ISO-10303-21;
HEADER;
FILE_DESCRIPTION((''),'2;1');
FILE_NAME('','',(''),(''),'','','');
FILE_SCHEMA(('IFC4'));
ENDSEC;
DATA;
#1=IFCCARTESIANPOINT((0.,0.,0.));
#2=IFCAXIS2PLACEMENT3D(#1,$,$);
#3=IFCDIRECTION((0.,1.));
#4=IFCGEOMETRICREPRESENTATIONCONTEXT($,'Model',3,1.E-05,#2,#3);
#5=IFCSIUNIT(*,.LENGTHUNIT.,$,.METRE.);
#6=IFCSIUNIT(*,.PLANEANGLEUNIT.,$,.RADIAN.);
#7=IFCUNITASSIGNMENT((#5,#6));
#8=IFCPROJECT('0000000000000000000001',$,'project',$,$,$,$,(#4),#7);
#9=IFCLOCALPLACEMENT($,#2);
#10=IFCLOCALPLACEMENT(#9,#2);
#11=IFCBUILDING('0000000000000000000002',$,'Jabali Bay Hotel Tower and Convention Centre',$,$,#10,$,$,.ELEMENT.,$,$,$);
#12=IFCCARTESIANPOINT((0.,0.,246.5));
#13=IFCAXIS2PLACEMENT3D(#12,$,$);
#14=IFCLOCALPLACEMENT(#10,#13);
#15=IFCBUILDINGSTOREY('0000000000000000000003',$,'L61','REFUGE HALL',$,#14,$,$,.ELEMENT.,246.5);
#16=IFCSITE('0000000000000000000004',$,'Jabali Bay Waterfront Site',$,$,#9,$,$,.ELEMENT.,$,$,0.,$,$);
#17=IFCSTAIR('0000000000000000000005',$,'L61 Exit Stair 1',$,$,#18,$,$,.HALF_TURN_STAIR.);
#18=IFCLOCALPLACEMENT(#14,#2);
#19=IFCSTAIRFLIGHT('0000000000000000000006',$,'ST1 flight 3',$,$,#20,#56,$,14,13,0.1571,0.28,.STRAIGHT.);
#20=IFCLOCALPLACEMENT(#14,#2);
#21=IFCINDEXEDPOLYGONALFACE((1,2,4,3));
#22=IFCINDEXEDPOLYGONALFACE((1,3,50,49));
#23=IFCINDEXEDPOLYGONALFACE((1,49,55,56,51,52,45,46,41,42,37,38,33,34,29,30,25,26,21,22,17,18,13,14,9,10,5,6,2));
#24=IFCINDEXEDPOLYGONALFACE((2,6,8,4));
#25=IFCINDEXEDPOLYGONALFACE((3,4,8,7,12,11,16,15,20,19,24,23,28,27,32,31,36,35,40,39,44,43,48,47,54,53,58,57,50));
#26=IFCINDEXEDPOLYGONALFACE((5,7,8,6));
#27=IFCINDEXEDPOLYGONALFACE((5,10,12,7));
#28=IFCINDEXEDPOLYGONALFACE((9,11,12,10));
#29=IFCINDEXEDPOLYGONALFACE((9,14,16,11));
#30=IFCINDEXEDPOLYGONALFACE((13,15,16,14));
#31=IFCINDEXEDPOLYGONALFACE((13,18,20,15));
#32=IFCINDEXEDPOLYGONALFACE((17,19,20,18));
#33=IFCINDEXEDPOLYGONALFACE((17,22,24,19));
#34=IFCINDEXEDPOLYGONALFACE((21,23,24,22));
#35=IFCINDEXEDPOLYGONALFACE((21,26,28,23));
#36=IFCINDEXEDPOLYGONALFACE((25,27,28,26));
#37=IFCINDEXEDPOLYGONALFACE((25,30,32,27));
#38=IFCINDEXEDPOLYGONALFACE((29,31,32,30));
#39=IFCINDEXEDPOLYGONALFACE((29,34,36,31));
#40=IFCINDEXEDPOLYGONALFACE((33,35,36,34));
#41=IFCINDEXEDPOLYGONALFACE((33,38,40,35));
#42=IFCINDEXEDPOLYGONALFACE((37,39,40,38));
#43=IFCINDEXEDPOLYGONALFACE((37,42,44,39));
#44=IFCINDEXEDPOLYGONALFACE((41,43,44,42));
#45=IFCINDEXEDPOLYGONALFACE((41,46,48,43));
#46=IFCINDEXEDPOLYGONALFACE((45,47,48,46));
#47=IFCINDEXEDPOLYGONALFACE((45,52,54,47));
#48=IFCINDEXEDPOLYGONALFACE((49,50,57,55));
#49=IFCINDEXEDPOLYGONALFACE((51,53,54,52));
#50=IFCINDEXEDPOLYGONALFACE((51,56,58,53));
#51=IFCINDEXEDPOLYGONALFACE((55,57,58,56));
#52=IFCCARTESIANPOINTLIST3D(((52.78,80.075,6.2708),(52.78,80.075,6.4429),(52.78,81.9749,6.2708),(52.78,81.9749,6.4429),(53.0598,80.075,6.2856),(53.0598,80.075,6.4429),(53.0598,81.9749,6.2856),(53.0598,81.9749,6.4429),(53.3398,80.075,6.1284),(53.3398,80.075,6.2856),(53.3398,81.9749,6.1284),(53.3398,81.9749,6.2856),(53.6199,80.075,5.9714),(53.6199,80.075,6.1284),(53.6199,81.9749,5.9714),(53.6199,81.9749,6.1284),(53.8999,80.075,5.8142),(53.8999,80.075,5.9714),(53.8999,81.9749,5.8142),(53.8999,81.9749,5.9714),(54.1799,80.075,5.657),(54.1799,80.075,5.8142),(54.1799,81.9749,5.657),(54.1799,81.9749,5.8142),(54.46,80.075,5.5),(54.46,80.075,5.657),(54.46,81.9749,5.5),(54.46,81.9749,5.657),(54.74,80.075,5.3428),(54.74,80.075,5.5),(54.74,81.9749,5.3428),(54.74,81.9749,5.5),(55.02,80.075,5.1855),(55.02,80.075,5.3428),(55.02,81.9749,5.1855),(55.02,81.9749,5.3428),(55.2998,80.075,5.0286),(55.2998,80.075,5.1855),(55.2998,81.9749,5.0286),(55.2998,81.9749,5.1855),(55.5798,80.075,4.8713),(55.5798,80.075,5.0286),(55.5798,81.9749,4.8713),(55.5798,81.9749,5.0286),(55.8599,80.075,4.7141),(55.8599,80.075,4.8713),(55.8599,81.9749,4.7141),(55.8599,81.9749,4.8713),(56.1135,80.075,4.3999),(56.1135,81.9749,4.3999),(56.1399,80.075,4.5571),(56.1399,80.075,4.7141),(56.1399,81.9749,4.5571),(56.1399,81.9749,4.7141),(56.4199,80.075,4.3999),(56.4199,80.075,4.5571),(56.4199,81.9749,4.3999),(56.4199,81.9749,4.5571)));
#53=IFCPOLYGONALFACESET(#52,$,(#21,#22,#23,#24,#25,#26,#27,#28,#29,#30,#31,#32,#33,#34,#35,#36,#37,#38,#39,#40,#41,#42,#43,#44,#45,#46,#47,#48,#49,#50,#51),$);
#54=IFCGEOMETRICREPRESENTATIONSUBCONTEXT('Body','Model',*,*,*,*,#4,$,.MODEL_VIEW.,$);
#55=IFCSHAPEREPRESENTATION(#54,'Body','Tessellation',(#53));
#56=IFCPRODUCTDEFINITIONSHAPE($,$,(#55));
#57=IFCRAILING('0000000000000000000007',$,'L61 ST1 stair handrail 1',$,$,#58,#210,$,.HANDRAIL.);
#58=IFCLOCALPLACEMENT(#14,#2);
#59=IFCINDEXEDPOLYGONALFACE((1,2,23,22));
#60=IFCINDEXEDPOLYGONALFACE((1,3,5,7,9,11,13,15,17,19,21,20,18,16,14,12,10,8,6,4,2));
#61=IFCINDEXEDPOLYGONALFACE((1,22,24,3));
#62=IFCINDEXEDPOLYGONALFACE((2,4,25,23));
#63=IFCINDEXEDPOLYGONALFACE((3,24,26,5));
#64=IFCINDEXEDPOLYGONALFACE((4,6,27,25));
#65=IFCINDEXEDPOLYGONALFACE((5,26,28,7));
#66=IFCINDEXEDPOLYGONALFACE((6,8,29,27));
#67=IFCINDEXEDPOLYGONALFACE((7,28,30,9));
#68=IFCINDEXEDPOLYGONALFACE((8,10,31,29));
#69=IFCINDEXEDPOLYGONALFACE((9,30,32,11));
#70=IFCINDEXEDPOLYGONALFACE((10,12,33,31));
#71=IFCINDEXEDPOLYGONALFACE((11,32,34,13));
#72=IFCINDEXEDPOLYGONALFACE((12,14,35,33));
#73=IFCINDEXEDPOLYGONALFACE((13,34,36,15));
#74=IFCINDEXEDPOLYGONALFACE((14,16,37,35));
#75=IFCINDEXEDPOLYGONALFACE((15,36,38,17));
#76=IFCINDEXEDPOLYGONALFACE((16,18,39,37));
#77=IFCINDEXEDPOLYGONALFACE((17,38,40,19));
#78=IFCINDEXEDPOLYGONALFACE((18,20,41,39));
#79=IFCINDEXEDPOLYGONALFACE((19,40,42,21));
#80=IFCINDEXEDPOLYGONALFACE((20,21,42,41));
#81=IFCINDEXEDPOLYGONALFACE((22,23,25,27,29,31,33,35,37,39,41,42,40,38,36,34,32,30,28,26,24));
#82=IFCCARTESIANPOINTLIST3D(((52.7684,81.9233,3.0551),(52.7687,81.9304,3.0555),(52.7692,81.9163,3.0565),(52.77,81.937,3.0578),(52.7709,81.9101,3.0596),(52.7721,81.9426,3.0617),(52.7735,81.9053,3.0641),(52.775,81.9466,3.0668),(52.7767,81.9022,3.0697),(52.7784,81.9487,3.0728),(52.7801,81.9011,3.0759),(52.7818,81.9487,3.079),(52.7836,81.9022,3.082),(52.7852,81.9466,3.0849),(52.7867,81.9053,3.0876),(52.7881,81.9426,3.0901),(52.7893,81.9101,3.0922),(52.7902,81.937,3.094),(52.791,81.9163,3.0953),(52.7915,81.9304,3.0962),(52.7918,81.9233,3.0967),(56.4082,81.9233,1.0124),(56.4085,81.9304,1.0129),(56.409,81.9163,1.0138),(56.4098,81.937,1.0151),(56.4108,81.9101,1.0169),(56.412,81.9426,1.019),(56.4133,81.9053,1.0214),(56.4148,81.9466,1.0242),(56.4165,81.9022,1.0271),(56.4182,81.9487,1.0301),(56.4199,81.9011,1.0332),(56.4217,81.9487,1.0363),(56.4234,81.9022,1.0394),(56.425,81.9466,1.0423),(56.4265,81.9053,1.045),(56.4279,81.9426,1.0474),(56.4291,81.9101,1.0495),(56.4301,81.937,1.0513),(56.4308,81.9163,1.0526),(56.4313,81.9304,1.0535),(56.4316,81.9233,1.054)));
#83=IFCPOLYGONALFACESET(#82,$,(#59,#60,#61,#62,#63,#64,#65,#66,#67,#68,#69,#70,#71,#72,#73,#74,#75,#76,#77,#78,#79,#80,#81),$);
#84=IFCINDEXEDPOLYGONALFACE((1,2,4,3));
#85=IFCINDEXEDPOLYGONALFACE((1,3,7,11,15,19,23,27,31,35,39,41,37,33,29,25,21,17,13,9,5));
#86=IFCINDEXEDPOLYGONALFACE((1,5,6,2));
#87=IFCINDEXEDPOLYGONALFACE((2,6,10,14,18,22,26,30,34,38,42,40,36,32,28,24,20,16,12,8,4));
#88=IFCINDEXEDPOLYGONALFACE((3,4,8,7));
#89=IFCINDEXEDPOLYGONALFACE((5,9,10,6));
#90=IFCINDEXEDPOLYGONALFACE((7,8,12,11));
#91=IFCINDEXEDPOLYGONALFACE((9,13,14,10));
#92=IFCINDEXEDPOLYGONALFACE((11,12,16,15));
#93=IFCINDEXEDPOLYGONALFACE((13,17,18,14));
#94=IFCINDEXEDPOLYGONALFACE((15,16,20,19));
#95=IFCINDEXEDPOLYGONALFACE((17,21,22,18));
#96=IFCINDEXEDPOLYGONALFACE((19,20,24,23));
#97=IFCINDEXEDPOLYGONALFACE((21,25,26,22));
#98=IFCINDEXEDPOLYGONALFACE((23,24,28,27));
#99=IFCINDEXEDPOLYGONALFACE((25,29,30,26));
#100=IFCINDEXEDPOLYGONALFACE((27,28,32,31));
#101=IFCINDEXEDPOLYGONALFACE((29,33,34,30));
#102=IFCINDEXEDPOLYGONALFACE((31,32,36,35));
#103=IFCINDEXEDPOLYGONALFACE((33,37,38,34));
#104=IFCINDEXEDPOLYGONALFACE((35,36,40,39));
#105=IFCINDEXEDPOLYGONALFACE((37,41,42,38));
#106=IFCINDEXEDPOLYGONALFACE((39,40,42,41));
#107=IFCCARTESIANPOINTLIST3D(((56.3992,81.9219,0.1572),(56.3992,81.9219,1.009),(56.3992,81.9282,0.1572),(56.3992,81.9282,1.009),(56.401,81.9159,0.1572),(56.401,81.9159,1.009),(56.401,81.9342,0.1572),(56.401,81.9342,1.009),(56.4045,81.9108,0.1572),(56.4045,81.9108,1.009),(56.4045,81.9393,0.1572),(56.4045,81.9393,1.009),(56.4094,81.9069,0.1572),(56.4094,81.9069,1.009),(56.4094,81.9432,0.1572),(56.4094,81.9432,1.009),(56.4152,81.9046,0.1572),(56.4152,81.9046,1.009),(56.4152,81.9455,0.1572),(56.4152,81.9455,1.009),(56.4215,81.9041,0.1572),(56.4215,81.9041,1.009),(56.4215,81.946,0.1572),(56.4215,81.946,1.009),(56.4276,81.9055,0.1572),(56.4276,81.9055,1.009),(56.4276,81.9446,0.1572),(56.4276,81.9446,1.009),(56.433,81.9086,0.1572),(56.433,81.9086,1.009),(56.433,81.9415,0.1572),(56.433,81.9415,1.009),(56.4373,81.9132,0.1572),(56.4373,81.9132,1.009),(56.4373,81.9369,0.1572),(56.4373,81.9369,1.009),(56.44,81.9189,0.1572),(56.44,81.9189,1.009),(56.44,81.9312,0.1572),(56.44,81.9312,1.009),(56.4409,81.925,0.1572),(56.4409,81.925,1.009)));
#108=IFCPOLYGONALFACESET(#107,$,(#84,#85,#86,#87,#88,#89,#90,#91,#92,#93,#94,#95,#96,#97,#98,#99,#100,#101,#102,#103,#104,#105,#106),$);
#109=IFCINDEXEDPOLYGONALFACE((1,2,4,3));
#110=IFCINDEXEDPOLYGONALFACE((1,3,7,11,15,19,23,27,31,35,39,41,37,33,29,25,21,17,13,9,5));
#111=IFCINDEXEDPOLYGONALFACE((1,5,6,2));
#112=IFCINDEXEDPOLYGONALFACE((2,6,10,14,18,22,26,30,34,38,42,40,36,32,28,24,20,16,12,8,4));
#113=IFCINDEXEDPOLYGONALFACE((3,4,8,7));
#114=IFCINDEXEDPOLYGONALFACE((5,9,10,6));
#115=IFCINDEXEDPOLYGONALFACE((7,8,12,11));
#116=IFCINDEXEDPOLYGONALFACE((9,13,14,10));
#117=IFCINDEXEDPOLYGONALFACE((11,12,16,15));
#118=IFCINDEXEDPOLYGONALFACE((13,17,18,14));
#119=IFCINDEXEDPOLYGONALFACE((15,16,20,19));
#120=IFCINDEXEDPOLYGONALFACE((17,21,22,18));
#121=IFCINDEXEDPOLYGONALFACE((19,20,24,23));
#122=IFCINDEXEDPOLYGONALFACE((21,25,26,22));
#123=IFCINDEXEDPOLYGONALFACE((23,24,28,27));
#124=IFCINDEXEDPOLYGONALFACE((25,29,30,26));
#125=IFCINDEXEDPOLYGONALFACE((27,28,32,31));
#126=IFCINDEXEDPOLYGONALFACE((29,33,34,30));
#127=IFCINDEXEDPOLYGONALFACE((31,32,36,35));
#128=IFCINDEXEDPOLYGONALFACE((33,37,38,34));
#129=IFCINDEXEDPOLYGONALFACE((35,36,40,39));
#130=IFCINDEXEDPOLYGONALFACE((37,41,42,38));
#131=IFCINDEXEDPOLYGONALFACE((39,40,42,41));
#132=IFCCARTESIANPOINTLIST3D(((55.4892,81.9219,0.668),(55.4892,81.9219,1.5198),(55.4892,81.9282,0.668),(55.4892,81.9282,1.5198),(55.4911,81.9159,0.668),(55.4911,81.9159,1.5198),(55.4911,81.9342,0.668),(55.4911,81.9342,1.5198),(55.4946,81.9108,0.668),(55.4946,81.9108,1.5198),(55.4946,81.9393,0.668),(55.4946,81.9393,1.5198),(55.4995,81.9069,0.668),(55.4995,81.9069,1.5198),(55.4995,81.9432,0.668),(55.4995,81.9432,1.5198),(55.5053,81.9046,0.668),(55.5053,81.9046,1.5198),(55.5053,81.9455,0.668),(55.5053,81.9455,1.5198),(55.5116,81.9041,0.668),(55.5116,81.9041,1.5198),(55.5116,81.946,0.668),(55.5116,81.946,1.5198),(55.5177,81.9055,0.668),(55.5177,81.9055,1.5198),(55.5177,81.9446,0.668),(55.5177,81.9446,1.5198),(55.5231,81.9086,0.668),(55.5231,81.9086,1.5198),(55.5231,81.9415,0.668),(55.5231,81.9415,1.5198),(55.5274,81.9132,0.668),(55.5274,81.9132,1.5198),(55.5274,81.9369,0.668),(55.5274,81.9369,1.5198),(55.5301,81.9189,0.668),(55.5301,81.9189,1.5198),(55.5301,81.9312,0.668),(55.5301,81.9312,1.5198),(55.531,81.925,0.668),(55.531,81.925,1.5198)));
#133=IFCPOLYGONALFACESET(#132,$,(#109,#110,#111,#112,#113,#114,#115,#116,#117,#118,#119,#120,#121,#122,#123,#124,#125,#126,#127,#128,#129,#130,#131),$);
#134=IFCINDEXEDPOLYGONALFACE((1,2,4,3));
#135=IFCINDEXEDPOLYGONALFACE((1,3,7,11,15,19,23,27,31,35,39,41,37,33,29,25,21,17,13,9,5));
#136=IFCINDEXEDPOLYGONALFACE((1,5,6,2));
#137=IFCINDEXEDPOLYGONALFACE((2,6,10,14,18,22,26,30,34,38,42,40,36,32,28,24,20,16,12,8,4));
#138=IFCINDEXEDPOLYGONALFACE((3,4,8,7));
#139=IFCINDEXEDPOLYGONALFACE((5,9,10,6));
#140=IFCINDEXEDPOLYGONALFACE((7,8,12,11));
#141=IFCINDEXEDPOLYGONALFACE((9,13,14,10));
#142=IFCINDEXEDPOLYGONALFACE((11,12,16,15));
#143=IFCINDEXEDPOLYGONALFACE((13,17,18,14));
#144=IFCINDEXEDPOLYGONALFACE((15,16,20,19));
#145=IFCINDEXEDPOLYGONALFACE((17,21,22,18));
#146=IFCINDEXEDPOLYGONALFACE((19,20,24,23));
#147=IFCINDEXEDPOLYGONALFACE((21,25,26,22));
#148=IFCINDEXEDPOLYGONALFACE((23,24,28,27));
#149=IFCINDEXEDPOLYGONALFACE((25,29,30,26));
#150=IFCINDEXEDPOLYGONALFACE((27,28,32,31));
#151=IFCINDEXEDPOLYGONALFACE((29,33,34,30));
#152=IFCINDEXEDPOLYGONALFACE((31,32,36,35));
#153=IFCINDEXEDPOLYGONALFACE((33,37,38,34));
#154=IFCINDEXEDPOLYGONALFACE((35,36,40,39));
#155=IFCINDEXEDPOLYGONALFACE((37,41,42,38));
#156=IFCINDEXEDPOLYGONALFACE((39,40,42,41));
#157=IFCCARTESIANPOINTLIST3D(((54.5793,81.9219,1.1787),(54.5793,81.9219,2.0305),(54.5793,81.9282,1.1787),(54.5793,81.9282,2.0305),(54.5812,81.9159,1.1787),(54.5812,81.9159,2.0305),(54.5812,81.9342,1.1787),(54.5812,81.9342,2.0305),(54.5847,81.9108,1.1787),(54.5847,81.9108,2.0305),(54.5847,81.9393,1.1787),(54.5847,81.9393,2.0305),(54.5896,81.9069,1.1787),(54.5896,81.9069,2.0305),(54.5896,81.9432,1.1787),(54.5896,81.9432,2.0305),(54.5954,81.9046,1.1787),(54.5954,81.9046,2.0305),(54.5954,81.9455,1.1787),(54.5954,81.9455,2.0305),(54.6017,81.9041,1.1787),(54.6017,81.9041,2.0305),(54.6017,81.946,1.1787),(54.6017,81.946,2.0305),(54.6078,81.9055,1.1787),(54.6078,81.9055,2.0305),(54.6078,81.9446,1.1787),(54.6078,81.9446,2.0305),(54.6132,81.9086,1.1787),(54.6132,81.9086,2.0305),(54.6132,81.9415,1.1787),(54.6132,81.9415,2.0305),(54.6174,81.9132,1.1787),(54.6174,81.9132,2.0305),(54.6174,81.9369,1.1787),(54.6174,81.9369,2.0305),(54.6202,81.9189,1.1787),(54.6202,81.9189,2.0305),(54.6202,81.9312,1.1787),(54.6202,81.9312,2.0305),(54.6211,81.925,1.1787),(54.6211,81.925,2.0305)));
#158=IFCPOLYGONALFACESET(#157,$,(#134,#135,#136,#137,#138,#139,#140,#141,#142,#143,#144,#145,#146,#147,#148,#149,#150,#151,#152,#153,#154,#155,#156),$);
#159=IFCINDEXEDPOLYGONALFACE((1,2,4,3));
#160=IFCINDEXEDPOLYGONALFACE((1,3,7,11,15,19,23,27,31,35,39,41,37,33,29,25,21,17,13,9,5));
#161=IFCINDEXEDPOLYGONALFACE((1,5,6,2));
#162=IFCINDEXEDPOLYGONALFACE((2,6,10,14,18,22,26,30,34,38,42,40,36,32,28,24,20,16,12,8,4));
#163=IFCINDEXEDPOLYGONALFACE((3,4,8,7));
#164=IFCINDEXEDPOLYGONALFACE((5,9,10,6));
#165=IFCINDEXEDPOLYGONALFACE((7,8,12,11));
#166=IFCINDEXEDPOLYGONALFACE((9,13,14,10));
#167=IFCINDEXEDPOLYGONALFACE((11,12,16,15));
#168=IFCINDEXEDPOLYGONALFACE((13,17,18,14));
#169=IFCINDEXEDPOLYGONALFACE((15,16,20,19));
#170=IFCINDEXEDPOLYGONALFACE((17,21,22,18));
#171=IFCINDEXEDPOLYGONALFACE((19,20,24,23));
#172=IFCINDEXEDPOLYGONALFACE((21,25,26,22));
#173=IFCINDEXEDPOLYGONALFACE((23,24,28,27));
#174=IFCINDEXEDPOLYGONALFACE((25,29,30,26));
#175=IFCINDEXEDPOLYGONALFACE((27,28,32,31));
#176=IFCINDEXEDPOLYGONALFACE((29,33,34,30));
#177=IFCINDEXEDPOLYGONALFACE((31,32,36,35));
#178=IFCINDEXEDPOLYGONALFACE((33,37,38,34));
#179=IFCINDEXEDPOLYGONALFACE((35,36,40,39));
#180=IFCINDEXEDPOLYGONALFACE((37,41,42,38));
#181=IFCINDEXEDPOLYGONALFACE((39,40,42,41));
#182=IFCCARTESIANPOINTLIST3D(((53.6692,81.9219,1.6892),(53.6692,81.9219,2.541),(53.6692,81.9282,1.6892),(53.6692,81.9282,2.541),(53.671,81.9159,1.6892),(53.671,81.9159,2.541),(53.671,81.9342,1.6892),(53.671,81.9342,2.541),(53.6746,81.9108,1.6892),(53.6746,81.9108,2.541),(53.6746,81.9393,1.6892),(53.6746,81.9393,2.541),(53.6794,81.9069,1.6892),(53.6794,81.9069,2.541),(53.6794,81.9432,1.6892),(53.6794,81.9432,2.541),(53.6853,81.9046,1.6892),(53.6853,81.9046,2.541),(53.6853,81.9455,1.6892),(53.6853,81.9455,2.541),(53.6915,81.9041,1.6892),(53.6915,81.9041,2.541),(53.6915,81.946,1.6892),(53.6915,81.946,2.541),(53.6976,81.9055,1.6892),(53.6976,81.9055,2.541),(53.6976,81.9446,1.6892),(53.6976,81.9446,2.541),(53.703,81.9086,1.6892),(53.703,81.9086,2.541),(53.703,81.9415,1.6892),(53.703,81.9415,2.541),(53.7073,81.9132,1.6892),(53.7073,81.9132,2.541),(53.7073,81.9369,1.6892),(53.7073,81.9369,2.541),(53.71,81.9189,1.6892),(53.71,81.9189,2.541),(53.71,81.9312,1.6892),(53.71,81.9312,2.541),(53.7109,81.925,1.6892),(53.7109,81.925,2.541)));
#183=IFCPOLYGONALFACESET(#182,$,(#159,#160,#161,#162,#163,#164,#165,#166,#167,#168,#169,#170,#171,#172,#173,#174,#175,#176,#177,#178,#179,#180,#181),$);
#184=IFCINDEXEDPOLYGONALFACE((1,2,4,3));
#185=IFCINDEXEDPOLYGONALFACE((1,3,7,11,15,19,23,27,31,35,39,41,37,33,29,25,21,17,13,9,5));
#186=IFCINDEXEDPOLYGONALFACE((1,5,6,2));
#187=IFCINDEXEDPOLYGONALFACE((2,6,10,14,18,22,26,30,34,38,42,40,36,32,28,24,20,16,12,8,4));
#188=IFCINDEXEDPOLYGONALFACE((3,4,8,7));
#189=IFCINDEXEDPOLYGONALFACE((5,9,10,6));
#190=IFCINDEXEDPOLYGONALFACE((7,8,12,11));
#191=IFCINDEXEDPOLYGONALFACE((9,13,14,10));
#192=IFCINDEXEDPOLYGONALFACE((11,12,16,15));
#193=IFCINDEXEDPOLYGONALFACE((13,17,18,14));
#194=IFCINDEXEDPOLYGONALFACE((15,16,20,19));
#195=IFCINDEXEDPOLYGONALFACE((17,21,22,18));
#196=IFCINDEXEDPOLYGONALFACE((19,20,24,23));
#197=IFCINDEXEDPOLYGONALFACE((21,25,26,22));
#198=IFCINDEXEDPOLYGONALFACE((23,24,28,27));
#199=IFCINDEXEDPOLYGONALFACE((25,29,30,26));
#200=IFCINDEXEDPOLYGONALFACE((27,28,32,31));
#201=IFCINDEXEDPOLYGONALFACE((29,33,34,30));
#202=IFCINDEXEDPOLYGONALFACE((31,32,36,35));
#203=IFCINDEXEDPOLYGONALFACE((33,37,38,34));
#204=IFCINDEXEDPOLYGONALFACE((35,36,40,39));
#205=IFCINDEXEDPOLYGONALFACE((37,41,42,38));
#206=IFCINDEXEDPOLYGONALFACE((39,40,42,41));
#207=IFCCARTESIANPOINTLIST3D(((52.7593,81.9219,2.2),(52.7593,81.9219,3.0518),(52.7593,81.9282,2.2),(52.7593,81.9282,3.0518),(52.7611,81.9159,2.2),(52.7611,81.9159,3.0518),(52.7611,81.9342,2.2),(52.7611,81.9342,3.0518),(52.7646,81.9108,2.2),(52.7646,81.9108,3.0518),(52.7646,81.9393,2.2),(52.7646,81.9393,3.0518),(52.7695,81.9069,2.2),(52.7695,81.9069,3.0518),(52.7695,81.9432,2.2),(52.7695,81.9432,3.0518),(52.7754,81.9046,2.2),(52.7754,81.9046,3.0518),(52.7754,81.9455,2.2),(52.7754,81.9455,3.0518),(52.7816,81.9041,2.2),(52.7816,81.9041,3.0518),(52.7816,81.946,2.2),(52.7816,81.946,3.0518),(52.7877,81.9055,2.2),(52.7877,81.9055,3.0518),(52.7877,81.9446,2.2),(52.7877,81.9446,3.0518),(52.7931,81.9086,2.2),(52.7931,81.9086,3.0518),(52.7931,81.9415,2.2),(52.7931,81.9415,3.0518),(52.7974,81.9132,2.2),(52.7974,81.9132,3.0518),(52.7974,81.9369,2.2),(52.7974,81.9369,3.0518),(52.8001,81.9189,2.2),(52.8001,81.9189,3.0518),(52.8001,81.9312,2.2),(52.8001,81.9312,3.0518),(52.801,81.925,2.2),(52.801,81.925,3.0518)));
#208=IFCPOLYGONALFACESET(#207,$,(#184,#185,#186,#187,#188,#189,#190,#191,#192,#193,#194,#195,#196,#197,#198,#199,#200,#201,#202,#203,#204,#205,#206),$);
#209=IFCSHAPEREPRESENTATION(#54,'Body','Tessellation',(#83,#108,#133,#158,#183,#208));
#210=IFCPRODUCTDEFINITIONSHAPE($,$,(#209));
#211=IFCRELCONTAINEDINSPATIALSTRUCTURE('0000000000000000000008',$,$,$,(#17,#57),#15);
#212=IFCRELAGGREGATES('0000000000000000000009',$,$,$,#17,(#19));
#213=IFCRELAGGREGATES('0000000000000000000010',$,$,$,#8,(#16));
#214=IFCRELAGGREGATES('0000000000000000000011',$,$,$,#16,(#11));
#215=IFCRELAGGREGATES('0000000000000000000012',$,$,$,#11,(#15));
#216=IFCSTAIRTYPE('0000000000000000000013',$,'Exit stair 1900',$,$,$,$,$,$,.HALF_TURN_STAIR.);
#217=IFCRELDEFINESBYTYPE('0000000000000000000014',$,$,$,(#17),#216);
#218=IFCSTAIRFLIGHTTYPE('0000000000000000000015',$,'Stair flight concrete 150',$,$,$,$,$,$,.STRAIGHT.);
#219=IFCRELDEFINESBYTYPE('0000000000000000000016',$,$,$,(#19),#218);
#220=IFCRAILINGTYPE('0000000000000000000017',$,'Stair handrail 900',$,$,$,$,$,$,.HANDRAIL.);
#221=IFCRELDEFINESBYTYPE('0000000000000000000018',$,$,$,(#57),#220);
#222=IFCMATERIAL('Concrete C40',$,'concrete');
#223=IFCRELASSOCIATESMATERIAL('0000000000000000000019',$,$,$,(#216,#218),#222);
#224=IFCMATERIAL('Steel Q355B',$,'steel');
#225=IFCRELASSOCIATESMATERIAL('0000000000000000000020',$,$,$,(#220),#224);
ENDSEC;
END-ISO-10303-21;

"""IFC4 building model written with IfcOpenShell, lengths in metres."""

from ifc_helpers import new_model, si_unit, direction, frame, origin, origin_2d, place, context, subcontext, project, spatial, polyline, circle, outline, extrude, material, type_object, element, aggregate, save


model = new_model("IFC4")

# Units and contexts
model_context = context("Model", 3, precision=1e-05, world=origin(), true_north=direction((0.0, 1.0)))
body_context = subcontext(model_context, "Body", "Model", "MODEL_VIEW")
ifc_project = project(units=[si_unit("LENGTHUNIT", "METRE"), si_unit("PLANEANGLEUNIT", "RADIAN")], contexts=[model_context])

# Site, building, storey
site_placement = place(None, origin())
site = spatial("IfcSite", under=ifc_project, at=site_placement, Name="Jabali Bay Waterfront Site", CompositionType="ELEMENT", RefElevation=0.0)
building_placement = place(site_placement, origin())
building = spatial("IfcBuilding", under=site, at=building_placement, Name="Jabali Bay Hotel Tower and Convention Centre", CompositionType="ELEMENT")
storey_placement = place(building_placement, frame((0.0, 0.0, 246.5)))
storey = spatial("IfcBuildingStorey", under=building, at=storey_placement, Name="L61", Description="REFUGE HALL", CompositionType="ELEMENT", Elevation=246.5)

# Shared definitions
ifc_material_1 = material(Name="Concrete C40", Category="concrete")

# Stair, stair flight
stair_type = type_object("IfcStairType", Name="Exit stair 1900", PredefinedType="HALF_TURN_STAIR", material=ifc_material_1)
stair_placement = place(storey_placement, origin())
stair = element("IfcStair", 1, at=stair_placement, inside=storey, type_object=stair_type, Name="L61 Exit Stair 1", PredefinedType="HALF_TURN_STAIR")
stair_flight_type = type_object("IfcStairFlightType", Name="Stair flight concrete 150", PredefinedType="STRAIGHT", material=ifc_material_1)
stair_flight_1_placement = place(storey_placement, frame((56.4199, 81.0249, 4.3999), z_axis=(0.0, 0.0, 1.0), x_axis=(-1.0, 0.0, 0.0)))
stair_flight_1 = element("IfcStairFlight", 2, at=stair_flight_1_placement, type_object=stair_flight_type, Name="ST1 flight 3", NumberOfRisers=14, NumberOfTreads=13, PredefinedType="STRAIGHT", RiserHeight=0.1571, TreadLength=0.28, context=body_context, shape_type="SweptSolid", body=[
    extrude(outline(polyline([(0.0, 0.0), (0.0, 0.1572), (0.28, 0.1572), (0.28, 0.3142), (0.5601, 0.3142), (0.5601, 0.4714), (0.8401, 0.4714), (0.8401, 0.6287), (1.1201, 0.6287), (1.1201, 0.7856), (1.3999, 0.7856), (1.3999, 0.9429), (1.6799, 0.9429), (1.6799, 1.1001), (1.96, 1.1001), (1.96, 1.2571), (2.24, 1.2571), (2.24, 1.4143), (2.52, 1.4143), (2.52, 1.5715), (2.8, 1.5715), (2.8, 1.7285), (3.0801, 1.7285), (3.0801, 1.8857), (3.3601, 1.8857), (3.3601, 2.043), (3.6399, 2.043), (3.6399, 2.2), (3.6399, 1.8708), (0.3064, 0.0), (0.0, 0.0)])), frame((0.0, 0.95, 0.0), z_axis=(0.0, -1.0, 0.0), x_axis=(1.0, 0.0, 0.0)), (0.0, 0.0, 1.0), 1.8999),
])
aggregate(stair, [stair_flight_1])

# Railing
ifc_material_2 = material(Name="Steel Q355B", Category="steel")
railing_type_1 = type_object("IfcRailingType", Name="Stair handrail 900", PredefinedType="HANDRAIL", material=ifc_material_2)
railing_1_placement = place(storey_placement, frame((56.4199, 81.925, 0.1572)))
element("IfcRailing", 3, at=railing_1_placement, inside=storey, type_object=railing_type_1, Name="L61 ST1 stair handrail 1", PredefinedType="HANDRAIL", context=body_context, shape_type="SweptSolid", body=[
    extrude(circle(Radius=0.0239, at=origin_2d()), frame((0.0, 0.0, 0.876), z_axis=(-0.872058, 0.0, 0.489403), x_axis=(0.0, -1.0, 0.0)), (0.0, 0.0, 1.0), 4.1738),
    extrude(circle(Radius=0.021, at=origin_2d()), origin(), (0.0, 0.0, 1.0), 0.8518),
    extrude(circle(Radius=0.021, at=origin_2d()), frame((-0.9099, 0.0, 0.5107)), (0.0, 0.0, 1.0), 0.8518),
    extrude(circle(Radius=0.021, at=origin_2d()), frame((-1.8198, 0.0, 1.0215)), (0.0, 0.0, 1.0), 0.8518),
    extrude(circle(Radius=0.021, at=origin_2d()), frame((-2.73, 0.0, 1.532)), (0.0, 0.0, 1.0), 0.8518),
    extrude(circle(Radius=0.021, at=origin_2d()), frame((-3.6399, 0.0, 2.0427)), (0.0, 0.0, 1.0), 0.8518),
])

save(model, "model.ifc")
